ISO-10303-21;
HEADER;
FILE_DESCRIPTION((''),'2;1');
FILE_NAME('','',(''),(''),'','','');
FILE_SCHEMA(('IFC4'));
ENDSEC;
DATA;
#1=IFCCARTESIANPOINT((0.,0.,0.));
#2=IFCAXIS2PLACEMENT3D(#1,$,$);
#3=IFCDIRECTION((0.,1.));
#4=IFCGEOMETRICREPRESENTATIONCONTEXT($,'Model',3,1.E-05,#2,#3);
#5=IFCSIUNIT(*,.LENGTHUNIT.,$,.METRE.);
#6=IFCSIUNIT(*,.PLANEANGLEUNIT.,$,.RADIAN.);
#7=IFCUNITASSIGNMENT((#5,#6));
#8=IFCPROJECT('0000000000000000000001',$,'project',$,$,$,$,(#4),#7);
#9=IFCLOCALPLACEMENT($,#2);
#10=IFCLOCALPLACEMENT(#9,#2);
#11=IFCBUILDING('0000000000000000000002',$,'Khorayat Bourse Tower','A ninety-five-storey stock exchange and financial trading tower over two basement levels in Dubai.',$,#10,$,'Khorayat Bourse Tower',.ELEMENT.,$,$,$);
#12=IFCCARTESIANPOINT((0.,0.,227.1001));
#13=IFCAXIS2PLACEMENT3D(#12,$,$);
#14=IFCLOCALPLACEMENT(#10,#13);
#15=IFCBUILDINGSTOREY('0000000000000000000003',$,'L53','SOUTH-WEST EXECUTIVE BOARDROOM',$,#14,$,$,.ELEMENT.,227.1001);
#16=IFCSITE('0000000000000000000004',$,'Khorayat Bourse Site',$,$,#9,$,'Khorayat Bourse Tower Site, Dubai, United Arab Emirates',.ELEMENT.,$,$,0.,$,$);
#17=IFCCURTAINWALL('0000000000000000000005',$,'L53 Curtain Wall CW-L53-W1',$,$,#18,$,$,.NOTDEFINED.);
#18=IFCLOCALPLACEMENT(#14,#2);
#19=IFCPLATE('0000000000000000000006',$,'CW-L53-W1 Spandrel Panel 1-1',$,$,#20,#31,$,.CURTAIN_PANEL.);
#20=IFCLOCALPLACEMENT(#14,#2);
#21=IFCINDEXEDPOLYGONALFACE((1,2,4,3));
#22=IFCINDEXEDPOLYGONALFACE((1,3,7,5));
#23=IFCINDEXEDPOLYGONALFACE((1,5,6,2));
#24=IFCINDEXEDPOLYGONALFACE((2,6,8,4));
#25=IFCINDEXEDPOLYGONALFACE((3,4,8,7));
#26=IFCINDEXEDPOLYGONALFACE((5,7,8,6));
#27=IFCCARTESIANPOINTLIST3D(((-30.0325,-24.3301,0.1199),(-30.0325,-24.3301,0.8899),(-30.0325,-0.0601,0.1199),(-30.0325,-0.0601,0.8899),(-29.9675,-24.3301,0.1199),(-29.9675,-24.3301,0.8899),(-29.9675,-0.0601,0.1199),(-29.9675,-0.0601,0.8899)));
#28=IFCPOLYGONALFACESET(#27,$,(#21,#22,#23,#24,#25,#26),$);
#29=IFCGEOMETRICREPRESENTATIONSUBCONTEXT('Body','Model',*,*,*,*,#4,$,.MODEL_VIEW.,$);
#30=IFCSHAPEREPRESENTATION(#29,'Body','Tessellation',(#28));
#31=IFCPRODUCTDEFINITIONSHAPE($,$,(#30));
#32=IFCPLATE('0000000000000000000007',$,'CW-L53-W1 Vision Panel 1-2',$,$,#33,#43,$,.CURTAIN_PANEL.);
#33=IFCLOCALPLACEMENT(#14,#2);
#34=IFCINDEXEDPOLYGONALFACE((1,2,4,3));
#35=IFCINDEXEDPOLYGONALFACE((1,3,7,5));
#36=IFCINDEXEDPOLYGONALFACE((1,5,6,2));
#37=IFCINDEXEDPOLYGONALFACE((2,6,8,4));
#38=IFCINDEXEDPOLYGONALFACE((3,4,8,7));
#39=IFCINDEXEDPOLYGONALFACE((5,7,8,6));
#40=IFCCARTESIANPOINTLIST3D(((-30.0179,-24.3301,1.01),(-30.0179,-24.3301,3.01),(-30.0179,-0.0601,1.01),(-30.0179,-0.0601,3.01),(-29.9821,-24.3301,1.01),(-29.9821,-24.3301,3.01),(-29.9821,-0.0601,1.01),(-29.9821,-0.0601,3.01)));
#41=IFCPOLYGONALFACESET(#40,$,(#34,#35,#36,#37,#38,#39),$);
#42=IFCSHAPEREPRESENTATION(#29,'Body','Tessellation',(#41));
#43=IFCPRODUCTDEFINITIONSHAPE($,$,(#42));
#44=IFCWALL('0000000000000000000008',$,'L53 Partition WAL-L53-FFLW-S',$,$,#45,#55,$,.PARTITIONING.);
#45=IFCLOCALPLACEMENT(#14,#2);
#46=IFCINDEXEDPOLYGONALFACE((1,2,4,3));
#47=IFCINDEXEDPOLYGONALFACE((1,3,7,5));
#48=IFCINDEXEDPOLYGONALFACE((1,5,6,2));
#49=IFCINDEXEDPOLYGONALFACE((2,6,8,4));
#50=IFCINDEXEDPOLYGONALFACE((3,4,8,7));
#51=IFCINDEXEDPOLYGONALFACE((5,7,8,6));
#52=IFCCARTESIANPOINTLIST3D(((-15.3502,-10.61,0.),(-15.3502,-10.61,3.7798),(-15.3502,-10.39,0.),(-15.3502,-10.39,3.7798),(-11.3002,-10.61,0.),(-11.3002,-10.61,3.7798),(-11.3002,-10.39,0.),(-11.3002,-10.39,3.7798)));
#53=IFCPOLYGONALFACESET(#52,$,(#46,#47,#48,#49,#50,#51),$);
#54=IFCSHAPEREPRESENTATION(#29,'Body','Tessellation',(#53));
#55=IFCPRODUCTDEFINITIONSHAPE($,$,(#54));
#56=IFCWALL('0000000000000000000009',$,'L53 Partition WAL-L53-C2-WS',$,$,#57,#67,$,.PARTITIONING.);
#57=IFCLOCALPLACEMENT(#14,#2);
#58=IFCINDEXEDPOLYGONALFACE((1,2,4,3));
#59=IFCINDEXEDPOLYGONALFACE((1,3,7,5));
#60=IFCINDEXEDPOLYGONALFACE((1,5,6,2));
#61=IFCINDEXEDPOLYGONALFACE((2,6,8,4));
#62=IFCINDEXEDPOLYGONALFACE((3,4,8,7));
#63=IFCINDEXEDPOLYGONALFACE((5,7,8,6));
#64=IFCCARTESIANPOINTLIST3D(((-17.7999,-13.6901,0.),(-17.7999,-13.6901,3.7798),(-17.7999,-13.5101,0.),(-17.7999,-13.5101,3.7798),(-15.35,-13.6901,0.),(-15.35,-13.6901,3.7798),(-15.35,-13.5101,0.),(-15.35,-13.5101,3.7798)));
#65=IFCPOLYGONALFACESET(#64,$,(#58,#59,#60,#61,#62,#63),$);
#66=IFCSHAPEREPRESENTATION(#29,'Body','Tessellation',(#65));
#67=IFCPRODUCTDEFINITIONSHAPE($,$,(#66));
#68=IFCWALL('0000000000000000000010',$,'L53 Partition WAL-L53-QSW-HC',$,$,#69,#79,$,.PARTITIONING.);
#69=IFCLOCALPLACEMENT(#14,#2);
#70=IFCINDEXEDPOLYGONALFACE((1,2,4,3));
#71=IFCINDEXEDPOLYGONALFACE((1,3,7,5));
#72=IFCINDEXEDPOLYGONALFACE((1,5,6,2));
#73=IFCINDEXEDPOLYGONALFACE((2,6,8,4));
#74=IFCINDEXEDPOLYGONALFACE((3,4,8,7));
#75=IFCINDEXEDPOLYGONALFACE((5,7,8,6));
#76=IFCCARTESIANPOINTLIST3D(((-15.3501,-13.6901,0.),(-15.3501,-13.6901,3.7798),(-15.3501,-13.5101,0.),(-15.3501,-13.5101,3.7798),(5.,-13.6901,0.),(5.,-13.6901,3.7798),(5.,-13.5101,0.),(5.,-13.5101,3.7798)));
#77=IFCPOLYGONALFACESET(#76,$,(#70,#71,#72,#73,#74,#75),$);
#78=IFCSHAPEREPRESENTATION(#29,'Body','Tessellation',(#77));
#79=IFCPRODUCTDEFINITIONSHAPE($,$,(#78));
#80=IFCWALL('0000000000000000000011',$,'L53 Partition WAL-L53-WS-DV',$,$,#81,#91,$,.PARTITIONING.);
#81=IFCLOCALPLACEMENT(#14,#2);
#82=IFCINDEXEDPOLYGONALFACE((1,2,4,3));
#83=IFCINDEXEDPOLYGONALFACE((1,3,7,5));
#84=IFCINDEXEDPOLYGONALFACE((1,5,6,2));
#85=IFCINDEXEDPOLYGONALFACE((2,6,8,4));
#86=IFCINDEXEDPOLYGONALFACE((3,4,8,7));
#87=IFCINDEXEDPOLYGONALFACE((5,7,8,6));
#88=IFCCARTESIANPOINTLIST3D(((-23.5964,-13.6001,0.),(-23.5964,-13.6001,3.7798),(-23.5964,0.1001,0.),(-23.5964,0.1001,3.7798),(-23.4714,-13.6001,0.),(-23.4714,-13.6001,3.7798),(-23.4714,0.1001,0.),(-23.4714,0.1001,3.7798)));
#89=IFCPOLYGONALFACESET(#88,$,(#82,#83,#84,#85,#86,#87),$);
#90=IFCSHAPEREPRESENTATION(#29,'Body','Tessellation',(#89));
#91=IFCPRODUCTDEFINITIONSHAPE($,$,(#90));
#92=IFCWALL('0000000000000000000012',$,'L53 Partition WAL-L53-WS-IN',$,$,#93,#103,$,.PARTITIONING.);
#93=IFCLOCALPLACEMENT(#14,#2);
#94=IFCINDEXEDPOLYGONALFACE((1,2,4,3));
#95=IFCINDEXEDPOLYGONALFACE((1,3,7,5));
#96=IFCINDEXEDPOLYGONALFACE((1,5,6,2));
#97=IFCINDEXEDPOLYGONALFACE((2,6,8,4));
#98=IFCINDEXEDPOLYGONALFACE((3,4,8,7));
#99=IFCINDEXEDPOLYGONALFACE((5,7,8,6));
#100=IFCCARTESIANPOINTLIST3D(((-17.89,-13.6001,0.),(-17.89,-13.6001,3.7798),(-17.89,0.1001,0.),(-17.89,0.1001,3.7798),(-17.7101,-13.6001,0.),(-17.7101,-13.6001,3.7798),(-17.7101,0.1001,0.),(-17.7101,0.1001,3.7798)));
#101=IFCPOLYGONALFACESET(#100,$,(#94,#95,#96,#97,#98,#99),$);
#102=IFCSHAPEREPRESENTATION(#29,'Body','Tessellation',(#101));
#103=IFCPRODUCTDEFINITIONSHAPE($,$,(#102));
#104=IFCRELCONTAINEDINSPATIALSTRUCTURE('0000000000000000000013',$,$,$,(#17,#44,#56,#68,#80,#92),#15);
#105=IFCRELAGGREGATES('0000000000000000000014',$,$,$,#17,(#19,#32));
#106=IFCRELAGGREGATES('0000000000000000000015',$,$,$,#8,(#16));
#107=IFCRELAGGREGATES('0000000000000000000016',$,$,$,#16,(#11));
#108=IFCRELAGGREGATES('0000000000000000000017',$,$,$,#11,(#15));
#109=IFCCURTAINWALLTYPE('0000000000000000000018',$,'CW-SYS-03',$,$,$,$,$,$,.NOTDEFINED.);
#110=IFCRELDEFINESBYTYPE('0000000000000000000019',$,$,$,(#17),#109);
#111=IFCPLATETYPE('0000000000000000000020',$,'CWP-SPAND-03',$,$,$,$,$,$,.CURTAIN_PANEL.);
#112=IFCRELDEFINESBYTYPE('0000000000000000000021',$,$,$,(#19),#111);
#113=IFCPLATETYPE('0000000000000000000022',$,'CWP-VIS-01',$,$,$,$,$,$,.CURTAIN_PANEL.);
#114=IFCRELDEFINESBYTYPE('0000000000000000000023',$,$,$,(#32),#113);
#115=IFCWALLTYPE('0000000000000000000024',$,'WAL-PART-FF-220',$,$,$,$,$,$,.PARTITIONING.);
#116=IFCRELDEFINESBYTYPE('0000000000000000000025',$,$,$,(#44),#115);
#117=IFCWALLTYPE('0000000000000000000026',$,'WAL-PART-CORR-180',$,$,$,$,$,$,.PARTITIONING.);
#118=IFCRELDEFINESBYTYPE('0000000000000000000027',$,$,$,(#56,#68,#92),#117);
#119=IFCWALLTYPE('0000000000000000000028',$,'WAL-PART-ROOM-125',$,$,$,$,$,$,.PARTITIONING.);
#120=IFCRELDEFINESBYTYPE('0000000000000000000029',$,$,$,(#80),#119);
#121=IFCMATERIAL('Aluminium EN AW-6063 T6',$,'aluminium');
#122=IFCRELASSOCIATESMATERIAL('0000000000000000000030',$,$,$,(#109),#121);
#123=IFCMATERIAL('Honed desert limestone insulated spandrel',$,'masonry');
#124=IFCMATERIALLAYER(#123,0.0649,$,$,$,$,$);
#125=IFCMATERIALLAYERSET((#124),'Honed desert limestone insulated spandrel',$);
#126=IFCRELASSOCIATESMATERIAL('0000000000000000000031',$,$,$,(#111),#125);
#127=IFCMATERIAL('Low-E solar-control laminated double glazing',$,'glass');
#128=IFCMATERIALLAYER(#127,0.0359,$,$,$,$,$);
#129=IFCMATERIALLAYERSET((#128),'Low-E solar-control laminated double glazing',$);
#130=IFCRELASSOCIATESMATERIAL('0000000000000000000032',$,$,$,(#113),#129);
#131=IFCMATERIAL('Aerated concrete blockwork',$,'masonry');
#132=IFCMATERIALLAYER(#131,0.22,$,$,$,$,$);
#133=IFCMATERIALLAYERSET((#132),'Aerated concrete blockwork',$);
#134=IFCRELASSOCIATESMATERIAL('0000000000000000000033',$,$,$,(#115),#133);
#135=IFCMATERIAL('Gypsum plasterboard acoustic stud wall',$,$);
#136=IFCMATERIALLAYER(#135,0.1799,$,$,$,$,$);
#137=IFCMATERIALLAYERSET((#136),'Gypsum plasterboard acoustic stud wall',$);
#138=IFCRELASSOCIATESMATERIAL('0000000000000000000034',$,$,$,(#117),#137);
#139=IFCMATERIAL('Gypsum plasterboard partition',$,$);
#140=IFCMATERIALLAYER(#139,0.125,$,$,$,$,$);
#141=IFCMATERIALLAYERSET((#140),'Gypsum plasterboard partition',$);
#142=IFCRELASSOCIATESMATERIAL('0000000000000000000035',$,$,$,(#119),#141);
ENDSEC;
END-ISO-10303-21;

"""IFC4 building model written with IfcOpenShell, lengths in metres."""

from ifc_helpers import new_model, si_unit, direction, frame, frame_2d, origin, origin_2d, place, context, subcontext, project, spatial, rectangle, extrude, source, transform, mapped, material, layer, layer_set, type_object, element, aggregate, save


model = new_model("IFC4")

# Units and contexts
model_context = context("Model", 3, precision=1e-05, world=origin(), true_north=direction((0.0, 1.0)))
body_context = subcontext(model_context, "Body", "Model", "MODEL_VIEW")
ifc_project = project(units=[si_unit("LENGTHUNIT", "METRE"), si_unit("PLANEANGLEUNIT", "RADIAN")], contexts=[model_context])

# Site, building, storey
site_placement = place(None, origin())
site = spatial("IfcSite", under=ifc_project, at=site_placement, Name="Khorayat Bourse Site", LongName="Khorayat Bourse Tower Site, Dubai, United Arab Emirates", CompositionType="ELEMENT", RefElevation=0.0)
building_placement = place(site_placement, origin())
building = spatial("IfcBuilding", under=site, at=building_placement, Name="Khorayat Bourse Tower", Description="A ninety-five-storey stock exchange and financial trading tower over two basement levels in Dubai.", LongName="Khorayat Bourse Tower", CompositionType="ELEMENT")
storey_placement = place(building_placement, frame((0.0, 0.0, 227.1001)))
storey = spatial("IfcBuildingStorey", under=building, at=storey_placement, Name="L53", Description="SOUTH-WEST EXECUTIVE BOARDROOM", CompositionType="ELEMENT", Elevation=227.1001)

# Curtain wall
ifc_material_1 = material(Name="Aluminium EN AW-6063 T6", Category="aluminium")
curtain_wall_type = type_object("IfcCurtainWallType", Name="CW-SYS-03", PredefinedType="NOTDEFINED", material=ifc_material_1)
curtain_wall_placement = place(storey_placement, origin())
curtain_wall = element("IfcCurtainWall", 1, at=curtain_wall_placement, inside=storey, type_object=curtain_wall_type, Name="L53 Curtain Wall CW-L53-W1", PredefinedType="NOTDEFINED")

# Plates
ifc_material_2 = material(Name="Honed desert limestone insulated spandrel", Category="masonry")
ifc_layer_1 = layer(ifc_material_2, 0.0649)
ifc_layer_set_1 = layer_set([ifc_layer_1], Name="Honed desert limestone insulated spandrel")
plate_type_1 = type_object("IfcPlateType", Name="CWP-SPAND-03", PredefinedType="CURTAIN_PANEL", material=ifc_layer_set_1)
shared_shape_1 = source(origin(), body_context, "Body", "SweptSolid", [
    extrude(rectangle(XDim=24.27, YDim=0.0649, at=origin_2d()), origin(), (0.0, 0.0, 1.0), 0.77),
])
plate_1_placement = place(storey_placement, frame((-30.0, -12.1951, 0.1199), z_axis=(0.0, 0.0, 1.0), x_axis=(0.0, 1.0, 0.0)))
plate_1 = element("IfcPlate", 2, at=plate_1_placement, type_object=plate_type_1, Name="CW-L53-W1 Spandrel Panel 1-1", PredefinedType="CURTAIN_PANEL", context=body_context, shape_type="MappedRepresentation", body=[
    mapped(shared_shape_1, transform((0.0, 0.0, 0.0), scale=1.0)),
])
ifc_material_3 = material(Name="Low-E solar-control laminated double glazing", Category="glass")
ifc_layer_2 = layer(ifc_material_3, 0.0359)
ifc_layer_set_2 = layer_set([ifc_layer_2], Name="Low-E solar-control laminated double glazing")
plate_type_2 = type_object("IfcPlateType", Name="CWP-VIS-01", PredefinedType="CURTAIN_PANEL", material=ifc_layer_set_2)
shared_shape_2 = source(origin(), body_context, "Body", "SweptSolid", [
    extrude(rectangle(XDim=24.27, YDim=0.0359, at=origin_2d()), origin(), (0.0, 0.0, 1.0), 2.0),
])
plate_2_placement = place(storey_placement, frame((-30.0, -12.1951, 1.01), z_axis=(0.0, 0.0, 1.0), x_axis=(0.0, 1.0, 0.0)))
plate_2 = element("IfcPlate", 3, at=plate_2_placement, type_object=plate_type_2, Name="CW-L53-W1 Vision Panel 1-2", PredefinedType="CURTAIN_PANEL", context=body_context, shape_type="MappedRepresentation", body=[
    mapped(shared_shape_2, transform((0.0, 0.0, 0.0), scale=1.0)),
])
aggregate(curtain_wall, [plate_1, plate_2])

# Walls
ifc_material_4 = material(Name="Aerated concrete blockwork", Category="masonry")
ifc_layer_3 = layer(ifc_material_4, 0.22)
ifc_layer_set_3 = layer_set([ifc_layer_3], Name="Aerated concrete blockwork")
wall_type_1 = type_object("IfcWallType", Name="WAL-PART-FF-220", PredefinedType="PARTITIONING", material=ifc_layer_set_3)
shared_shape_3 = source(origin(), body_context, "Body", "SweptSolid", [
    extrude(rectangle(XDim=4.05, YDim=0.22, at=frame_2d((2.0249, 0.0))), origin(), (0.0, 0.0, 1.0), 3.7798),
])
wall_1_placement = place(storey_placement, frame((-15.3501, -10.5, 0.0), z_axis=(0.0, 0.0, 1.0), x_axis=(1.0, 0.0, 0.0)))
element("IfcWall", 4, at=wall_1_placement, inside=storey, type_object=wall_type_1, Name="L53 Partition WAL-L53-FFLW-S", PredefinedType="PARTITIONING", context=body_context, shape_type="MappedRepresentation", body=[
    mapped(shared_shape_3, transform((0.0, 0.0, 0.0), scale=1.0)),
])
ifc_material_5 = material(Name="Gypsum plasterboard acoustic stud wall")
ifc_layer_4 = layer(ifc_material_5, 0.1799)
ifc_layer_set_4 = layer_set([ifc_layer_4], Name="Gypsum plasterboard acoustic stud wall")
wall_type_2 = type_object("IfcWallType", Name="WAL-PART-CORR-180", PredefinedType="PARTITIONING", material=ifc_layer_set_4)
shared_shape_4 = source(origin(), body_context, "Body", "SweptSolid", [
    extrude(rectangle(XDim=2.45, YDim=0.1799, at=frame_2d((1.2251, 0.0))), origin(), (0.0, 0.0, 1.0), 3.7798),
])
wall_2_placement = place(storey_placement, frame((-17.8, -13.6001, 0.0), z_axis=(0.0, 0.0, 1.0), x_axis=(1.0, 0.0, 0.0)))
element("IfcWall", 5, at=wall_2_placement, inside=storey, type_object=wall_type_2, Name="L53 Partition WAL-L53-C2-WS", PredefinedType="PARTITIONING", context=body_context, shape_type="MappedRepresentation", body=[
    mapped(shared_shape_4, transform((0.0, 0.0, 0.0), scale=1.0)),
])
shared_shape_5 = source(origin(), body_context, "Body", "SweptSolid", [
    extrude(rectangle(XDim=20.3501, YDim=0.1799, at=frame_2d((10.175, 0.0))), origin(), (0.0, 0.0, 1.0), 3.7798),
])
wall_3_placement = place(storey_placement, frame((-15.3501, -13.6001, 0.0), z_axis=(0.0, 0.0, 1.0), x_axis=(1.0, 0.0, 0.0)))
element("IfcWall", 6, at=wall_3_placement, inside=storey, type_object=wall_type_2, Name="L53 Partition WAL-L53-QSW-HC", PredefinedType="PARTITIONING", context=body_context, shape_type="MappedRepresentation", body=[
    mapped(shared_shape_5, transform((0.0, 0.0, 0.0), scale=1.0)),
])
ifc_material_6 = material(Name="Gypsum plasterboard partition")
ifc_layer_5 = layer(ifc_material_6, 0.125)
ifc_layer_set_5 = layer_set([ifc_layer_5], Name="Gypsum plasterboard partition")
wall_type_3 = type_object("IfcWallType", Name="WAL-PART-ROOM-125", PredefinedType="PARTITIONING", material=ifc_layer_set_5)
shared_shape_6 = source(origin(), body_context, "Body", "SweptSolid", [
    extrude(rectangle(XDim=13.7002, YDim=0.125, at=frame_2d((6.8501, 0.0))), origin(), (0.0, 0.0, 1.0), 3.7798),
])
wall_4_placement = place(storey_placement, frame((-23.5339, -13.6001, 0.0), z_axis=(0.0, 0.0, 1.0), x_axis=(0.0, 1.0, 0.0)))
element("IfcWall", 7, at=wall_4_placement, inside=storey, type_object=wall_type_3, Name="L53 Partition WAL-L53-WS-DV", PredefinedType="PARTITIONING", context=body_context, shape_type="MappedRepresentation", body=[
    mapped(shared_shape_6, transform((0.0, 0.0, 0.0), scale=1.0)),
])
shared_shape_7 = source(origin(), body_context, "Body", "SweptSolid", [
    extrude(rectangle(XDim=13.7002, YDim=0.1799, at=frame_2d((6.8501, 0.0))), origin(), (0.0, 0.0, 1.0), 3.7798),
])
wall_5_placement = place(storey_placement, frame((-17.8, -13.6001, 0.0), z_axis=(0.0, 0.0, 1.0), x_axis=(0.0, 1.0, 0.0)))
element("IfcWall", 8, at=wall_5_placement, inside=storey, type_object=wall_type_2, Name="L53 Partition WAL-L53-WS-IN", PredefinedType="PARTITIONING", context=body_context, shape_type="MappedRepresentation", body=[
    mapped(shared_shape_7, transform((0.0, 0.0, 0.0), scale=1.0)),
])

save(model, "model.ifc")
